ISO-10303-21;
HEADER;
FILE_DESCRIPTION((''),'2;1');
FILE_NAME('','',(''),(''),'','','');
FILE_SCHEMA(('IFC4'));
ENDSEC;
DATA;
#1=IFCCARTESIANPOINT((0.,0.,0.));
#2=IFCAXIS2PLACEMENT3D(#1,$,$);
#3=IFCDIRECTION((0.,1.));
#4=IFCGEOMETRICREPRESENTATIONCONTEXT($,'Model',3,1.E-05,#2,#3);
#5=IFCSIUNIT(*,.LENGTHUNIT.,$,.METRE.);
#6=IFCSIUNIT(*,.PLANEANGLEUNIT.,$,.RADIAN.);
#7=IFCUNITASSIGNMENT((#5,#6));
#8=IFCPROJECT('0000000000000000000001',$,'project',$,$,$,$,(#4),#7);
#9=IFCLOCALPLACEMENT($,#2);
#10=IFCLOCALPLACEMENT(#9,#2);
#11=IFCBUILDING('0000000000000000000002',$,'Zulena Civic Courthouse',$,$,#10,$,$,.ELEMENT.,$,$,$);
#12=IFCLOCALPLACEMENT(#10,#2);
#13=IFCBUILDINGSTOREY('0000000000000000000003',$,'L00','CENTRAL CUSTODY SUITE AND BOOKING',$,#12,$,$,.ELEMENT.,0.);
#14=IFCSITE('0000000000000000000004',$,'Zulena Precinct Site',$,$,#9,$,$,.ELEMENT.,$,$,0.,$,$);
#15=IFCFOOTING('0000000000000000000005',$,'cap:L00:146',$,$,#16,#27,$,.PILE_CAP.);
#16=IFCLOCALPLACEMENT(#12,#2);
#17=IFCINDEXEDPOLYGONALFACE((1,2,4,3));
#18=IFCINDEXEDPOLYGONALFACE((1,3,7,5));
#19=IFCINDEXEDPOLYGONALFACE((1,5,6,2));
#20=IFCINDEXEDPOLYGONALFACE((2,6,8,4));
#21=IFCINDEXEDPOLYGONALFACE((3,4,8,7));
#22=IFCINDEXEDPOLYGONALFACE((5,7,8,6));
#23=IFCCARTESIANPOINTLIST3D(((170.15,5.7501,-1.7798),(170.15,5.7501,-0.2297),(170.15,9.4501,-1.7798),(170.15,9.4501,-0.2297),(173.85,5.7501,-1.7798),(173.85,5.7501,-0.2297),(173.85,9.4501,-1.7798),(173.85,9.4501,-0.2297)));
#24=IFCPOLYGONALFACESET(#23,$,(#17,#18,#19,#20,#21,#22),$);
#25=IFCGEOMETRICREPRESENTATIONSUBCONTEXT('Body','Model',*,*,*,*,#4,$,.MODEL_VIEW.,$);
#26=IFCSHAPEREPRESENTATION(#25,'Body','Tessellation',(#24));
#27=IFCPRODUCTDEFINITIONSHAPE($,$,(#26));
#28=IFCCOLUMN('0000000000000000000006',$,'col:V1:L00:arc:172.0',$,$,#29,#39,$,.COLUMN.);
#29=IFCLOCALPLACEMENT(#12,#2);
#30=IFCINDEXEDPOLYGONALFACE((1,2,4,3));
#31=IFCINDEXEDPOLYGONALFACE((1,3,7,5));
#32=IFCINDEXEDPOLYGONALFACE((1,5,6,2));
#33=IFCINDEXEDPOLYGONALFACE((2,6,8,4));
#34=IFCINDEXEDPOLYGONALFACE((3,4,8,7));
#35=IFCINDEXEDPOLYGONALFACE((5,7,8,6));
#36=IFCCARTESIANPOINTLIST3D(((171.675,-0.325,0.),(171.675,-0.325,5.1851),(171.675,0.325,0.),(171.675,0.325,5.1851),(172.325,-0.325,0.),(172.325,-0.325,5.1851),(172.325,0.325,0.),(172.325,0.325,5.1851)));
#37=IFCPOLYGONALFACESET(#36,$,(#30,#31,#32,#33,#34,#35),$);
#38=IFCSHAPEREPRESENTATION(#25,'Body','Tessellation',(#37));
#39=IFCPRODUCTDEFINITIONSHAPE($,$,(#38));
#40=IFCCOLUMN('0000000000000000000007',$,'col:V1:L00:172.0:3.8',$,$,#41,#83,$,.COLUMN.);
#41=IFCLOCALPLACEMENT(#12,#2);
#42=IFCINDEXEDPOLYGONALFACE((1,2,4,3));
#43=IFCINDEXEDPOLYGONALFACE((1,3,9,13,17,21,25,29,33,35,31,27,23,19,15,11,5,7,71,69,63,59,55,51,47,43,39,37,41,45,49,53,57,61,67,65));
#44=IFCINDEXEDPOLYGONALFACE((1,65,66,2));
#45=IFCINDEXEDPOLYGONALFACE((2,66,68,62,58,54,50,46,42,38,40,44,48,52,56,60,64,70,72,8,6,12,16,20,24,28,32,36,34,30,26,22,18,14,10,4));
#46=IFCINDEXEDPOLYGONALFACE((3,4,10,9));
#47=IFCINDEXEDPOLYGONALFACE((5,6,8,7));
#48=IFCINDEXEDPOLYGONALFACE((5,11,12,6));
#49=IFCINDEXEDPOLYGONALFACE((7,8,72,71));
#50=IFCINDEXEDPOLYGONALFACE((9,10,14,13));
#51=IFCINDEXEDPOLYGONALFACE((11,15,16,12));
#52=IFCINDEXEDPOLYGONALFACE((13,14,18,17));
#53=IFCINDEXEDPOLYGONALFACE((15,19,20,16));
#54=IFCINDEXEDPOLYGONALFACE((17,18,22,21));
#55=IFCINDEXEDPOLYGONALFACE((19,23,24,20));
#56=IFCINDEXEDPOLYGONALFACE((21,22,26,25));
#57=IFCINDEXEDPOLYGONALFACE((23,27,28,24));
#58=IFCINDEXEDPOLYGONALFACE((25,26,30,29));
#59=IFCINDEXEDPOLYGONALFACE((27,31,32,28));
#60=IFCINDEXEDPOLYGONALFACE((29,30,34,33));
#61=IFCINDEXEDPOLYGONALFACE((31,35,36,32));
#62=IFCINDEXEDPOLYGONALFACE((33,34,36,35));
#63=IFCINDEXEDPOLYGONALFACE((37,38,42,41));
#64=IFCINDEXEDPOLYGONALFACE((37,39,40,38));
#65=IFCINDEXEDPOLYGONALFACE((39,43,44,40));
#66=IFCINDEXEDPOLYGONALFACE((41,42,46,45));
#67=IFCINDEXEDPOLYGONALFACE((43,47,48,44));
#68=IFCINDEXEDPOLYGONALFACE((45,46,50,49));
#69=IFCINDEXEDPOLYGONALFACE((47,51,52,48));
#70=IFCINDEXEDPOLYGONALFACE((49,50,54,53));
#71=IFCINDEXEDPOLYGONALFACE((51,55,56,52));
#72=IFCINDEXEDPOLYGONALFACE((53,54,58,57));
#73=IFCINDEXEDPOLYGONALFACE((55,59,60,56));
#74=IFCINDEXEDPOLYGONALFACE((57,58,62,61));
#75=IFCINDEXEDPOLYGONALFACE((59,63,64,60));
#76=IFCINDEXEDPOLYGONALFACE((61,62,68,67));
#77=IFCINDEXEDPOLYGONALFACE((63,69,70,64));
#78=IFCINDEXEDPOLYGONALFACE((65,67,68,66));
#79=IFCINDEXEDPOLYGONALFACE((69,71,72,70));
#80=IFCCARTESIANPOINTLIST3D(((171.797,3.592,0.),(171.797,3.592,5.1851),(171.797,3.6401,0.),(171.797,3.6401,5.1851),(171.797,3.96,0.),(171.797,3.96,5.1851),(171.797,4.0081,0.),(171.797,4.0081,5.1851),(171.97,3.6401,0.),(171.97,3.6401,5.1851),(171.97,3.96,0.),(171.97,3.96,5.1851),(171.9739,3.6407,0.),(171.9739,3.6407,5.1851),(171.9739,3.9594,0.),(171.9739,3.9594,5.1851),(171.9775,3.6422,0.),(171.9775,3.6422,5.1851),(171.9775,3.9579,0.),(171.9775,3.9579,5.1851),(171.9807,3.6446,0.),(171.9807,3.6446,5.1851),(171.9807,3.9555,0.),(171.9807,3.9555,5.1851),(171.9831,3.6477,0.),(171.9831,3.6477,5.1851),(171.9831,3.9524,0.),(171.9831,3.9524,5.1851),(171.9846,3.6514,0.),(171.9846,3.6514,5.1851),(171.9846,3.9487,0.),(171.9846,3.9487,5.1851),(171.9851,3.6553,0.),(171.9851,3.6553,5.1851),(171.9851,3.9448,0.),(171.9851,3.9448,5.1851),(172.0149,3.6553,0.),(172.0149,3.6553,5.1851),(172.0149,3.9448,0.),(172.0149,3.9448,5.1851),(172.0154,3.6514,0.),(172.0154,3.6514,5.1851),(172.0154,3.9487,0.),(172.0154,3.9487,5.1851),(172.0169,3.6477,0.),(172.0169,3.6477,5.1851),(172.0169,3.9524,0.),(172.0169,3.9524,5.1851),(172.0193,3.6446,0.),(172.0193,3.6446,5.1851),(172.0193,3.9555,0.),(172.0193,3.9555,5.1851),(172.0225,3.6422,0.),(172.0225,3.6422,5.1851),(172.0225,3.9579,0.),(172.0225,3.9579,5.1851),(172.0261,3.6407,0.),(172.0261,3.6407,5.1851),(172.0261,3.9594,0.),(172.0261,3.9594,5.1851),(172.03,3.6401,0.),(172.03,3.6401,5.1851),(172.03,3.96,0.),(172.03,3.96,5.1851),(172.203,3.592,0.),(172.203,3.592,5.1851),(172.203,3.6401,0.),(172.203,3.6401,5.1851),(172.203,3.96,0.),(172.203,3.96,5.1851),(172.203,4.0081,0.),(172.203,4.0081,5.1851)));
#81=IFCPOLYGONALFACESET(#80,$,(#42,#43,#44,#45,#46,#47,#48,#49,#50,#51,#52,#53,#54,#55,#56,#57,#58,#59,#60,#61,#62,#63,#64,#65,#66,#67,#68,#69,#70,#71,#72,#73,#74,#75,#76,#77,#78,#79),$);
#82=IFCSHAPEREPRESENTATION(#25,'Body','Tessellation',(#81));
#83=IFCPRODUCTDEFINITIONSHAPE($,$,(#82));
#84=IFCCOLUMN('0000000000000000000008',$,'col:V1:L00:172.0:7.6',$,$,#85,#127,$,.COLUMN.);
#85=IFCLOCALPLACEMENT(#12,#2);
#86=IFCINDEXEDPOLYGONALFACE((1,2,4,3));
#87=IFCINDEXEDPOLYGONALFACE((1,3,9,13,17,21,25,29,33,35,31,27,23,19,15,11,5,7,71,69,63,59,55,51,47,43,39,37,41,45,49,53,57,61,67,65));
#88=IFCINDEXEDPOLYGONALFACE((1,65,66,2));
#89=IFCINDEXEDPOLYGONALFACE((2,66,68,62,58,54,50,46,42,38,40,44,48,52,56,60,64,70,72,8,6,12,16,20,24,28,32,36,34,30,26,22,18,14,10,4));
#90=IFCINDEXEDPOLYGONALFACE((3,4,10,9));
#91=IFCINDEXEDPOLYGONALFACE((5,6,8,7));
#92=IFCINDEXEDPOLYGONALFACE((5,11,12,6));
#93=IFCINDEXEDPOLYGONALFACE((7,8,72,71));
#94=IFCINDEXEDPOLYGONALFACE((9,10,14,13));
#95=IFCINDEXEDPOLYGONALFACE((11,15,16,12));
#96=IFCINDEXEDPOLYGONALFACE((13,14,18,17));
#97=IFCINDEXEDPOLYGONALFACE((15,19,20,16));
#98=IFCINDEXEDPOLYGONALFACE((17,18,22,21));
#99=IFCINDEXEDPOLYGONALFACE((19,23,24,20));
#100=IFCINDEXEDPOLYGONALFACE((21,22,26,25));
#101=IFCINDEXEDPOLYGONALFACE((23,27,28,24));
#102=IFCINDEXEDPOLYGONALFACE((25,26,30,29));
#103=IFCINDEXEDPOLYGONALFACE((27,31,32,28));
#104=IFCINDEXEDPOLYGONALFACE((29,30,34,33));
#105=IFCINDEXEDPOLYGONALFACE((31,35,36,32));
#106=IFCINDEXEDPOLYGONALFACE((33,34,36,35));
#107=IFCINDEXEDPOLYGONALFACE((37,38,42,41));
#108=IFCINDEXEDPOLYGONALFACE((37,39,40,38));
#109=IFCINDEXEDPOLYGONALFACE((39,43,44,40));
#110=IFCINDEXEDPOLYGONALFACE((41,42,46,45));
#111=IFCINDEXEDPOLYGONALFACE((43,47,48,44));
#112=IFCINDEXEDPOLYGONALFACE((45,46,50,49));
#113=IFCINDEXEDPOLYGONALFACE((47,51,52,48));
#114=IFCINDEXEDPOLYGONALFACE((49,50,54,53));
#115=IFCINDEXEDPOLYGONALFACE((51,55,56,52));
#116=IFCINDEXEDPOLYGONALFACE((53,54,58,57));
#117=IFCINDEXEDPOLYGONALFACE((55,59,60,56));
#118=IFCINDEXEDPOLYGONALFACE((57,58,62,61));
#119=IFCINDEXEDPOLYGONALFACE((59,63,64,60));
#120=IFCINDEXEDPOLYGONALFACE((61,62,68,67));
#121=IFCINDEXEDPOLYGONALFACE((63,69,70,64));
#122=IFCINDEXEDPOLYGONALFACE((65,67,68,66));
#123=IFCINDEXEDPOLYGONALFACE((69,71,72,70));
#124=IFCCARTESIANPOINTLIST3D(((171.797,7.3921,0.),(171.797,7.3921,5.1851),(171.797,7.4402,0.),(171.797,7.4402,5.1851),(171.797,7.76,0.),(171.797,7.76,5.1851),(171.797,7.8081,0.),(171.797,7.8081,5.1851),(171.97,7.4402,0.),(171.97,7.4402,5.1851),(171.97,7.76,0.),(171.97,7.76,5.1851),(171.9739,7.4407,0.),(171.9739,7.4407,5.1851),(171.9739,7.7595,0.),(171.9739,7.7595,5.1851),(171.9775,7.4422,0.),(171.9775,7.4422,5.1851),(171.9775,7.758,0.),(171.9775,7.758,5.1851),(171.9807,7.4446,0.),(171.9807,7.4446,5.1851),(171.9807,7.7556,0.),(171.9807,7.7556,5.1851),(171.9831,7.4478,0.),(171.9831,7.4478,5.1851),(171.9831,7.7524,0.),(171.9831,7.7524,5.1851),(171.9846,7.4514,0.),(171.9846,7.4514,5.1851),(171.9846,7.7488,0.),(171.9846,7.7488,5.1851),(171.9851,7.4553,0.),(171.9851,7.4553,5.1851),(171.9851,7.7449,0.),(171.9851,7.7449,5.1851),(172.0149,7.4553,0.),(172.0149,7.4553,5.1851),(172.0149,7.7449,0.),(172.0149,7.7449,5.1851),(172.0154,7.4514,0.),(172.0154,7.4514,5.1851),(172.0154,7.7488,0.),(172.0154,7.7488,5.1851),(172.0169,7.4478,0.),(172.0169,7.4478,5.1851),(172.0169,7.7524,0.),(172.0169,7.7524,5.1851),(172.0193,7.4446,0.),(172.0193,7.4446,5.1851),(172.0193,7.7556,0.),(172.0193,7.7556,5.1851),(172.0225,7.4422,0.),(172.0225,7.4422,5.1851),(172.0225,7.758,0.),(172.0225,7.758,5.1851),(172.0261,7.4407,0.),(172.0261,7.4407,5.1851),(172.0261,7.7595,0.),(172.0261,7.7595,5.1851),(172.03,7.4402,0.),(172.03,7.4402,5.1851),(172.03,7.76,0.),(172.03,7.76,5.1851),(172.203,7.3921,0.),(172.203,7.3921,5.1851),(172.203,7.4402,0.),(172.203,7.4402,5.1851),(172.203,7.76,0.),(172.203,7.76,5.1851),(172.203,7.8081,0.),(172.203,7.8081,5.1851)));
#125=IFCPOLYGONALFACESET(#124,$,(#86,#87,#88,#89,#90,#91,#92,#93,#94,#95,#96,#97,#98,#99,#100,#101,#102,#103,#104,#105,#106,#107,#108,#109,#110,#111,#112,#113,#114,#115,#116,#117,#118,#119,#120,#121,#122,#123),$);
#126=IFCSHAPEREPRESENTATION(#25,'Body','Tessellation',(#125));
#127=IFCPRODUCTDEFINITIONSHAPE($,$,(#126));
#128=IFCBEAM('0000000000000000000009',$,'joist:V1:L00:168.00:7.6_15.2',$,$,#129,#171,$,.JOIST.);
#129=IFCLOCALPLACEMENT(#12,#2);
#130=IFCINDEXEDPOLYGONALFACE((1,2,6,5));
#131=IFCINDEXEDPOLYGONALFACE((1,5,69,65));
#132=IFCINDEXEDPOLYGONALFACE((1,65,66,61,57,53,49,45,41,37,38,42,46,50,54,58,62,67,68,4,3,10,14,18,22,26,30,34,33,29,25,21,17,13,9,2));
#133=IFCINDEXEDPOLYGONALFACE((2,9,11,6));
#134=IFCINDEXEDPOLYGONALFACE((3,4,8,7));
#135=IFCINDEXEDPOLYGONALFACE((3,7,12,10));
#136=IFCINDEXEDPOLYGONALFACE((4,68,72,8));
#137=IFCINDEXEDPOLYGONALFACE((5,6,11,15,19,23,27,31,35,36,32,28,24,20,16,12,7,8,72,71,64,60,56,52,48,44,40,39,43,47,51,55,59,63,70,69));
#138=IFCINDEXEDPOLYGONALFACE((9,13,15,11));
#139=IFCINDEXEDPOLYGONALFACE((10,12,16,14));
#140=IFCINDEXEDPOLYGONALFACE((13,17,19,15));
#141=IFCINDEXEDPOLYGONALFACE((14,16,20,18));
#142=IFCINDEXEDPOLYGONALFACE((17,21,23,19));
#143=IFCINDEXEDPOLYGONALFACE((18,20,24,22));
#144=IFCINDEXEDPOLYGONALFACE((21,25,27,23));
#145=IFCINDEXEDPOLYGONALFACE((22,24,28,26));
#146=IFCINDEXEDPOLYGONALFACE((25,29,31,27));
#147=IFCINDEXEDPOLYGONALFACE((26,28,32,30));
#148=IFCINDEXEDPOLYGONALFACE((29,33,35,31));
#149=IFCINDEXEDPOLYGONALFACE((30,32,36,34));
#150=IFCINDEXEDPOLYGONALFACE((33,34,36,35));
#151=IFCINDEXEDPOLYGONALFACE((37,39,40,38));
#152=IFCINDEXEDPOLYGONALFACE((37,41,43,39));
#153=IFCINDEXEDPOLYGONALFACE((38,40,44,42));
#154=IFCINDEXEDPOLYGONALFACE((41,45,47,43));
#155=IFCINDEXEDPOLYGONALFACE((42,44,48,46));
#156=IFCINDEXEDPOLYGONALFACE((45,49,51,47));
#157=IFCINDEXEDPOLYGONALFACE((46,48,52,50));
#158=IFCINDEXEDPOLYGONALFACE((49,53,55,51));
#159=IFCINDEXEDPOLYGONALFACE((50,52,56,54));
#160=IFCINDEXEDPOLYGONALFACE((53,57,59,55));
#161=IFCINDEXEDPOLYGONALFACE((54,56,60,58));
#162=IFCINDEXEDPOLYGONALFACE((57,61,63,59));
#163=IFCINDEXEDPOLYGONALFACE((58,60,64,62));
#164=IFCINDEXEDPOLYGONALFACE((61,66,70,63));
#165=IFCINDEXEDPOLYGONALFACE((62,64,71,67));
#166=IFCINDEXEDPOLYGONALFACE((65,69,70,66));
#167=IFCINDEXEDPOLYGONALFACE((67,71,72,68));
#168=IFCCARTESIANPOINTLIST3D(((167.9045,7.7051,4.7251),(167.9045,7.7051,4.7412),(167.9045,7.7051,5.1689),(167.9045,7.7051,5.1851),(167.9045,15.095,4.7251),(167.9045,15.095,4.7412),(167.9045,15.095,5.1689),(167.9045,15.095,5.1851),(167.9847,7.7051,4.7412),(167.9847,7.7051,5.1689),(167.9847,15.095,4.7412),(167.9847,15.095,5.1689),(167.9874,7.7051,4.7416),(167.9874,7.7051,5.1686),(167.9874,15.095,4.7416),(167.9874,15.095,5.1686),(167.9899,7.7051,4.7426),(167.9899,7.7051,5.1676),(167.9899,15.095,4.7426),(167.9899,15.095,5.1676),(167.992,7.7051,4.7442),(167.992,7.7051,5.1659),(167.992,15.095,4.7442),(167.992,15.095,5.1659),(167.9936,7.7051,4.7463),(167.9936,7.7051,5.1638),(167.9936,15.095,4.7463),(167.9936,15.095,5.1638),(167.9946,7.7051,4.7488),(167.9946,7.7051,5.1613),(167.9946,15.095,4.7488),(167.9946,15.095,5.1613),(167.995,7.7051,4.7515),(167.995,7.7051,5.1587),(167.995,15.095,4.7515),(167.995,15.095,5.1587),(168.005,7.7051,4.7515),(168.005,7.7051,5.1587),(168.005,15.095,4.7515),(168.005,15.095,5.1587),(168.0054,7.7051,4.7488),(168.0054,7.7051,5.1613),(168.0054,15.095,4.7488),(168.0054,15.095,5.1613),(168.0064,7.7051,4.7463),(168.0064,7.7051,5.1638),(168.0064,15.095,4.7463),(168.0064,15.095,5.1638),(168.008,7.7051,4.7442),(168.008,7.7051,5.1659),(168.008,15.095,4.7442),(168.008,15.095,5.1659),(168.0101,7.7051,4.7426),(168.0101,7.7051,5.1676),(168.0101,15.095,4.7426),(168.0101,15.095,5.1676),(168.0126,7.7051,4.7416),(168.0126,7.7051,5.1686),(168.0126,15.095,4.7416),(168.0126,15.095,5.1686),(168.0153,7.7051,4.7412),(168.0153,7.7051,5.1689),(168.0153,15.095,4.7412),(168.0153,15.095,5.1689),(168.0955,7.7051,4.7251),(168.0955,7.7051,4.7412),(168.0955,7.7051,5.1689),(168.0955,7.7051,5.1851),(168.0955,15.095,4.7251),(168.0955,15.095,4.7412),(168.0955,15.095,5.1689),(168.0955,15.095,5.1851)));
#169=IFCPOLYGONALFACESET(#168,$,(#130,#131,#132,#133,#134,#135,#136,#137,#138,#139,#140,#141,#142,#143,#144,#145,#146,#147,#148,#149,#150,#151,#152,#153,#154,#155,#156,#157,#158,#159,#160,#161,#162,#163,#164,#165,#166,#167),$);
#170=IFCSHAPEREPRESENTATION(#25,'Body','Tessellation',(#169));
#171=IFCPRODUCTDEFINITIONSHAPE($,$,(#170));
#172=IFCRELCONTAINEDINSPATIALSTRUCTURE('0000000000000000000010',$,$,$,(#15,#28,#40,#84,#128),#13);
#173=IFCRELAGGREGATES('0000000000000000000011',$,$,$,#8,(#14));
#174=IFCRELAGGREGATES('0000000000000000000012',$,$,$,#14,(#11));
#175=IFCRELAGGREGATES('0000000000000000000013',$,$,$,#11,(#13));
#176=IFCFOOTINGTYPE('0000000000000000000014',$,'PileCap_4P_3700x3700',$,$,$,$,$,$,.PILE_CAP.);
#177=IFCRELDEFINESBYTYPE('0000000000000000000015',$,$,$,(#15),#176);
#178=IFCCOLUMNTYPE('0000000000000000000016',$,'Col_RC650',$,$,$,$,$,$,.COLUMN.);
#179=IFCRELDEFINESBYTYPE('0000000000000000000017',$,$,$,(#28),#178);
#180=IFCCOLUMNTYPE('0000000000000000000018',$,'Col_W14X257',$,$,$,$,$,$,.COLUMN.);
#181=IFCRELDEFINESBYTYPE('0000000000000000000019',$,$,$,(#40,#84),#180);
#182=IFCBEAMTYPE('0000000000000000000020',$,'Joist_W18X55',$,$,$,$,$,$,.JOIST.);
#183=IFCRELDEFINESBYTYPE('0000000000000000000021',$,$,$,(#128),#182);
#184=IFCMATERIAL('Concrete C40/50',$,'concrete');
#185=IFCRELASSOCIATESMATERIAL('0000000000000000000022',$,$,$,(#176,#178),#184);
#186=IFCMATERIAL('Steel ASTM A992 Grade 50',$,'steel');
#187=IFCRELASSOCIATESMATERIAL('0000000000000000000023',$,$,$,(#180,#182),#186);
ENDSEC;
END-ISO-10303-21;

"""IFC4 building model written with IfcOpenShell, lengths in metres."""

from ifc_helpers import new_model, si_unit, direction, frame, origin, origin_2d, place, context, subcontext, project, spatial, rectangle, i_section, extrude, material, material_profile, profile_set, type_object, element, save


model = new_model("IFC4")

# Units and contexts
model_context = context("Model", 3, precision=1e-05, world=origin(), true_north=direction((0.0, 1.0)))
body_context = subcontext(model_context, "Body", "Model", "MODEL_VIEW")
ifc_project = project(units=[si_unit("LENGTHUNIT", "METRE"), si_unit("PLANEANGLEUNIT", "RADIAN")], contexts=[model_context])

# Site, building, storey
site_placement = place(None, origin())
site = spatial("IfcSite", under=ifc_project, at=site_placement, Name="Zulena Precinct Site", CompositionType="ELEMENT", RefElevation=0.0)
building_placement = place(site_placement, origin())
building = spatial("IfcBuilding", under=site, at=building_placement, Name="Zulena Civic Courthouse", CompositionType="ELEMENT")
storey_placement = place(building_placement, origin())
storey = spatial("IfcBuildingStorey", under=building, at=storey_placement, Name="L00", Description="CENTRAL CUSTODY SUITE AND BOOKING", CompositionType="ELEMENT", Elevation=0.0)

# Shared definitions
ifc_material_1 = material(Name="Concrete C40/50", Category="concrete")

# Footing
footing_type_1 = type_object("IfcFootingType", Name="PileCap_4P_3700x3700", PredefinedType="PILE_CAP", material=ifc_material_1)
footing_1_placement = place(storey_placement, frame((172.0, 7.6001, -1.7798), z_axis=(0.0, 0.0, 1.0), x_axis=(1.0, 0.0, 0.0)))
element("IfcFooting", 1, at=footing_1_placement, inside=storey, type_object=footing_type_1, Name="cap:L00:146", PredefinedType="PILE_CAP", context=body_context, shape_type="SweptSolid", body=[
    extrude(rectangle(XDim=3.7, YDim=3.7, at=origin_2d()), origin(), (0.0, 0.0, 1.0), 1.55),
])

# Columns
ifc_material_profile_1 = material_profile(ifc_material_1, rectangle(XDim=0.6499, YDim=0.6499, at=origin_2d()), Name="RC650X650")
ifc_profile_set_1 = profile_set([ifc_material_profile_1], Name="Concrete C40/50")
column_type_1 = type_object("IfcColumnType", Name="Col_RC650", PredefinedType="COLUMN", material=ifc_profile_set_1)
column_placement = place(storey_placement, frame((172.0, 0.0, 0.0), z_axis=(0.0, 0.0, 1.0), x_axis=(1.0, 0.0, 0.0)))
element("IfcColumn", 2, at=column_placement, inside=storey, type_object=column_type_1, Name="col:V1:L00:arc:172.0", PredefinedType="COLUMN", context=body_context, shape_type="SweptSolid", body=[
    extrude(rectangle(XDim=0.6499, YDim=0.6499, at=origin_2d()), origin(), (0.0, 0.0, 1.0), 5.1851),
])
ifc_material_2 = material(Name="Steel ASTM A992 Grade 50", Category="steel")
ifc_material_profile_2 = material_profile(ifc_material_2, i_section(OverallWidth=0.406, OverallDepth=0.416, WebThickness=0.0298, FlangeThickness=0.0481, FilletRadius=0.0151, at=origin_2d()), Name="W14X257")
ifc_profile_set_2 = profile_set([ifc_material_profile_2], Name="Steel ASTM A992 Grade 50")
column_type_2 = type_object("IfcColumnType", Name="Col_W14X257", PredefinedType="COLUMN", material=ifc_profile_set_2)
for number, where, z_axis, x_axis, name in (
    (3, (172.0, 3.8, 0.0), (0.0, 0.0, 1.0), (1.0, 0.0, 0.0), "col:V1:L00:172.0:3.8"),
    (4, (172.0, 7.6001, 0.0), (0.0, 0.0, 1.0), (1.0, 0.0, 0.0), "col:V1:L00:172.0:7.6"),
):
    element("IfcColumn", number, at=place(storey_placement, frame(where, z_axis=z_axis, x_axis=x_axis)), inside=storey, type_object=column_type_2, Name=name, PredefinedType="COLUMN", context=body_context, shape_type="SweptSolid", body=[
        extrude(i_section(OverallWidth=0.406, OverallDepth=0.416, WebThickness=0.0298, FlangeThickness=0.0481, FilletRadius=0.0151, at=origin_2d()), origin(), (0.0, 0.0, 1.0), 5.1851),
    ])

# Beam
ifc_material_profile_3 = material_profile(ifc_material_2, i_section(OverallWidth=0.1909, OverallDepth=0.46, WebThickness=0.01, FlangeThickness=0.0161, FilletRadius=0.0103, at=origin_2d()), Name="W18X55")
ifc_profile_set_3 = profile_set([ifc_material_profile_3], Name="Steel ASTM A992 Grade 50")
beam_type_1 = type_object("IfcBeamType", Name="Joist_W18X55", PredefinedType="JOIST", material=ifc_profile_set_3)
beam_1_placement = place(storey_placement, frame((168.0, 7.7051, 4.9551), z_axis=(0.0, 1.0, 0.0), x_axis=(-1.0, 0.0, 0.0)))
element("IfcBeam", 5, at=beam_1_placement, inside=storey, type_object=beam_type_1, Name="joist:V1:L00:168.00:7.6_15.2", PredefinedType="JOIST", context=body_context, shape_type="SweptSolid", body=[
    extrude(i_section(OverallWidth=0.1909, OverallDepth=0.46, WebThickness=0.01, FlangeThickness=0.0161, FilletRadius=0.0103, at=origin_2d()), origin(), (0.0, 0.0, 1.0), 7.3899),
])

save(model, "model.ifc")
